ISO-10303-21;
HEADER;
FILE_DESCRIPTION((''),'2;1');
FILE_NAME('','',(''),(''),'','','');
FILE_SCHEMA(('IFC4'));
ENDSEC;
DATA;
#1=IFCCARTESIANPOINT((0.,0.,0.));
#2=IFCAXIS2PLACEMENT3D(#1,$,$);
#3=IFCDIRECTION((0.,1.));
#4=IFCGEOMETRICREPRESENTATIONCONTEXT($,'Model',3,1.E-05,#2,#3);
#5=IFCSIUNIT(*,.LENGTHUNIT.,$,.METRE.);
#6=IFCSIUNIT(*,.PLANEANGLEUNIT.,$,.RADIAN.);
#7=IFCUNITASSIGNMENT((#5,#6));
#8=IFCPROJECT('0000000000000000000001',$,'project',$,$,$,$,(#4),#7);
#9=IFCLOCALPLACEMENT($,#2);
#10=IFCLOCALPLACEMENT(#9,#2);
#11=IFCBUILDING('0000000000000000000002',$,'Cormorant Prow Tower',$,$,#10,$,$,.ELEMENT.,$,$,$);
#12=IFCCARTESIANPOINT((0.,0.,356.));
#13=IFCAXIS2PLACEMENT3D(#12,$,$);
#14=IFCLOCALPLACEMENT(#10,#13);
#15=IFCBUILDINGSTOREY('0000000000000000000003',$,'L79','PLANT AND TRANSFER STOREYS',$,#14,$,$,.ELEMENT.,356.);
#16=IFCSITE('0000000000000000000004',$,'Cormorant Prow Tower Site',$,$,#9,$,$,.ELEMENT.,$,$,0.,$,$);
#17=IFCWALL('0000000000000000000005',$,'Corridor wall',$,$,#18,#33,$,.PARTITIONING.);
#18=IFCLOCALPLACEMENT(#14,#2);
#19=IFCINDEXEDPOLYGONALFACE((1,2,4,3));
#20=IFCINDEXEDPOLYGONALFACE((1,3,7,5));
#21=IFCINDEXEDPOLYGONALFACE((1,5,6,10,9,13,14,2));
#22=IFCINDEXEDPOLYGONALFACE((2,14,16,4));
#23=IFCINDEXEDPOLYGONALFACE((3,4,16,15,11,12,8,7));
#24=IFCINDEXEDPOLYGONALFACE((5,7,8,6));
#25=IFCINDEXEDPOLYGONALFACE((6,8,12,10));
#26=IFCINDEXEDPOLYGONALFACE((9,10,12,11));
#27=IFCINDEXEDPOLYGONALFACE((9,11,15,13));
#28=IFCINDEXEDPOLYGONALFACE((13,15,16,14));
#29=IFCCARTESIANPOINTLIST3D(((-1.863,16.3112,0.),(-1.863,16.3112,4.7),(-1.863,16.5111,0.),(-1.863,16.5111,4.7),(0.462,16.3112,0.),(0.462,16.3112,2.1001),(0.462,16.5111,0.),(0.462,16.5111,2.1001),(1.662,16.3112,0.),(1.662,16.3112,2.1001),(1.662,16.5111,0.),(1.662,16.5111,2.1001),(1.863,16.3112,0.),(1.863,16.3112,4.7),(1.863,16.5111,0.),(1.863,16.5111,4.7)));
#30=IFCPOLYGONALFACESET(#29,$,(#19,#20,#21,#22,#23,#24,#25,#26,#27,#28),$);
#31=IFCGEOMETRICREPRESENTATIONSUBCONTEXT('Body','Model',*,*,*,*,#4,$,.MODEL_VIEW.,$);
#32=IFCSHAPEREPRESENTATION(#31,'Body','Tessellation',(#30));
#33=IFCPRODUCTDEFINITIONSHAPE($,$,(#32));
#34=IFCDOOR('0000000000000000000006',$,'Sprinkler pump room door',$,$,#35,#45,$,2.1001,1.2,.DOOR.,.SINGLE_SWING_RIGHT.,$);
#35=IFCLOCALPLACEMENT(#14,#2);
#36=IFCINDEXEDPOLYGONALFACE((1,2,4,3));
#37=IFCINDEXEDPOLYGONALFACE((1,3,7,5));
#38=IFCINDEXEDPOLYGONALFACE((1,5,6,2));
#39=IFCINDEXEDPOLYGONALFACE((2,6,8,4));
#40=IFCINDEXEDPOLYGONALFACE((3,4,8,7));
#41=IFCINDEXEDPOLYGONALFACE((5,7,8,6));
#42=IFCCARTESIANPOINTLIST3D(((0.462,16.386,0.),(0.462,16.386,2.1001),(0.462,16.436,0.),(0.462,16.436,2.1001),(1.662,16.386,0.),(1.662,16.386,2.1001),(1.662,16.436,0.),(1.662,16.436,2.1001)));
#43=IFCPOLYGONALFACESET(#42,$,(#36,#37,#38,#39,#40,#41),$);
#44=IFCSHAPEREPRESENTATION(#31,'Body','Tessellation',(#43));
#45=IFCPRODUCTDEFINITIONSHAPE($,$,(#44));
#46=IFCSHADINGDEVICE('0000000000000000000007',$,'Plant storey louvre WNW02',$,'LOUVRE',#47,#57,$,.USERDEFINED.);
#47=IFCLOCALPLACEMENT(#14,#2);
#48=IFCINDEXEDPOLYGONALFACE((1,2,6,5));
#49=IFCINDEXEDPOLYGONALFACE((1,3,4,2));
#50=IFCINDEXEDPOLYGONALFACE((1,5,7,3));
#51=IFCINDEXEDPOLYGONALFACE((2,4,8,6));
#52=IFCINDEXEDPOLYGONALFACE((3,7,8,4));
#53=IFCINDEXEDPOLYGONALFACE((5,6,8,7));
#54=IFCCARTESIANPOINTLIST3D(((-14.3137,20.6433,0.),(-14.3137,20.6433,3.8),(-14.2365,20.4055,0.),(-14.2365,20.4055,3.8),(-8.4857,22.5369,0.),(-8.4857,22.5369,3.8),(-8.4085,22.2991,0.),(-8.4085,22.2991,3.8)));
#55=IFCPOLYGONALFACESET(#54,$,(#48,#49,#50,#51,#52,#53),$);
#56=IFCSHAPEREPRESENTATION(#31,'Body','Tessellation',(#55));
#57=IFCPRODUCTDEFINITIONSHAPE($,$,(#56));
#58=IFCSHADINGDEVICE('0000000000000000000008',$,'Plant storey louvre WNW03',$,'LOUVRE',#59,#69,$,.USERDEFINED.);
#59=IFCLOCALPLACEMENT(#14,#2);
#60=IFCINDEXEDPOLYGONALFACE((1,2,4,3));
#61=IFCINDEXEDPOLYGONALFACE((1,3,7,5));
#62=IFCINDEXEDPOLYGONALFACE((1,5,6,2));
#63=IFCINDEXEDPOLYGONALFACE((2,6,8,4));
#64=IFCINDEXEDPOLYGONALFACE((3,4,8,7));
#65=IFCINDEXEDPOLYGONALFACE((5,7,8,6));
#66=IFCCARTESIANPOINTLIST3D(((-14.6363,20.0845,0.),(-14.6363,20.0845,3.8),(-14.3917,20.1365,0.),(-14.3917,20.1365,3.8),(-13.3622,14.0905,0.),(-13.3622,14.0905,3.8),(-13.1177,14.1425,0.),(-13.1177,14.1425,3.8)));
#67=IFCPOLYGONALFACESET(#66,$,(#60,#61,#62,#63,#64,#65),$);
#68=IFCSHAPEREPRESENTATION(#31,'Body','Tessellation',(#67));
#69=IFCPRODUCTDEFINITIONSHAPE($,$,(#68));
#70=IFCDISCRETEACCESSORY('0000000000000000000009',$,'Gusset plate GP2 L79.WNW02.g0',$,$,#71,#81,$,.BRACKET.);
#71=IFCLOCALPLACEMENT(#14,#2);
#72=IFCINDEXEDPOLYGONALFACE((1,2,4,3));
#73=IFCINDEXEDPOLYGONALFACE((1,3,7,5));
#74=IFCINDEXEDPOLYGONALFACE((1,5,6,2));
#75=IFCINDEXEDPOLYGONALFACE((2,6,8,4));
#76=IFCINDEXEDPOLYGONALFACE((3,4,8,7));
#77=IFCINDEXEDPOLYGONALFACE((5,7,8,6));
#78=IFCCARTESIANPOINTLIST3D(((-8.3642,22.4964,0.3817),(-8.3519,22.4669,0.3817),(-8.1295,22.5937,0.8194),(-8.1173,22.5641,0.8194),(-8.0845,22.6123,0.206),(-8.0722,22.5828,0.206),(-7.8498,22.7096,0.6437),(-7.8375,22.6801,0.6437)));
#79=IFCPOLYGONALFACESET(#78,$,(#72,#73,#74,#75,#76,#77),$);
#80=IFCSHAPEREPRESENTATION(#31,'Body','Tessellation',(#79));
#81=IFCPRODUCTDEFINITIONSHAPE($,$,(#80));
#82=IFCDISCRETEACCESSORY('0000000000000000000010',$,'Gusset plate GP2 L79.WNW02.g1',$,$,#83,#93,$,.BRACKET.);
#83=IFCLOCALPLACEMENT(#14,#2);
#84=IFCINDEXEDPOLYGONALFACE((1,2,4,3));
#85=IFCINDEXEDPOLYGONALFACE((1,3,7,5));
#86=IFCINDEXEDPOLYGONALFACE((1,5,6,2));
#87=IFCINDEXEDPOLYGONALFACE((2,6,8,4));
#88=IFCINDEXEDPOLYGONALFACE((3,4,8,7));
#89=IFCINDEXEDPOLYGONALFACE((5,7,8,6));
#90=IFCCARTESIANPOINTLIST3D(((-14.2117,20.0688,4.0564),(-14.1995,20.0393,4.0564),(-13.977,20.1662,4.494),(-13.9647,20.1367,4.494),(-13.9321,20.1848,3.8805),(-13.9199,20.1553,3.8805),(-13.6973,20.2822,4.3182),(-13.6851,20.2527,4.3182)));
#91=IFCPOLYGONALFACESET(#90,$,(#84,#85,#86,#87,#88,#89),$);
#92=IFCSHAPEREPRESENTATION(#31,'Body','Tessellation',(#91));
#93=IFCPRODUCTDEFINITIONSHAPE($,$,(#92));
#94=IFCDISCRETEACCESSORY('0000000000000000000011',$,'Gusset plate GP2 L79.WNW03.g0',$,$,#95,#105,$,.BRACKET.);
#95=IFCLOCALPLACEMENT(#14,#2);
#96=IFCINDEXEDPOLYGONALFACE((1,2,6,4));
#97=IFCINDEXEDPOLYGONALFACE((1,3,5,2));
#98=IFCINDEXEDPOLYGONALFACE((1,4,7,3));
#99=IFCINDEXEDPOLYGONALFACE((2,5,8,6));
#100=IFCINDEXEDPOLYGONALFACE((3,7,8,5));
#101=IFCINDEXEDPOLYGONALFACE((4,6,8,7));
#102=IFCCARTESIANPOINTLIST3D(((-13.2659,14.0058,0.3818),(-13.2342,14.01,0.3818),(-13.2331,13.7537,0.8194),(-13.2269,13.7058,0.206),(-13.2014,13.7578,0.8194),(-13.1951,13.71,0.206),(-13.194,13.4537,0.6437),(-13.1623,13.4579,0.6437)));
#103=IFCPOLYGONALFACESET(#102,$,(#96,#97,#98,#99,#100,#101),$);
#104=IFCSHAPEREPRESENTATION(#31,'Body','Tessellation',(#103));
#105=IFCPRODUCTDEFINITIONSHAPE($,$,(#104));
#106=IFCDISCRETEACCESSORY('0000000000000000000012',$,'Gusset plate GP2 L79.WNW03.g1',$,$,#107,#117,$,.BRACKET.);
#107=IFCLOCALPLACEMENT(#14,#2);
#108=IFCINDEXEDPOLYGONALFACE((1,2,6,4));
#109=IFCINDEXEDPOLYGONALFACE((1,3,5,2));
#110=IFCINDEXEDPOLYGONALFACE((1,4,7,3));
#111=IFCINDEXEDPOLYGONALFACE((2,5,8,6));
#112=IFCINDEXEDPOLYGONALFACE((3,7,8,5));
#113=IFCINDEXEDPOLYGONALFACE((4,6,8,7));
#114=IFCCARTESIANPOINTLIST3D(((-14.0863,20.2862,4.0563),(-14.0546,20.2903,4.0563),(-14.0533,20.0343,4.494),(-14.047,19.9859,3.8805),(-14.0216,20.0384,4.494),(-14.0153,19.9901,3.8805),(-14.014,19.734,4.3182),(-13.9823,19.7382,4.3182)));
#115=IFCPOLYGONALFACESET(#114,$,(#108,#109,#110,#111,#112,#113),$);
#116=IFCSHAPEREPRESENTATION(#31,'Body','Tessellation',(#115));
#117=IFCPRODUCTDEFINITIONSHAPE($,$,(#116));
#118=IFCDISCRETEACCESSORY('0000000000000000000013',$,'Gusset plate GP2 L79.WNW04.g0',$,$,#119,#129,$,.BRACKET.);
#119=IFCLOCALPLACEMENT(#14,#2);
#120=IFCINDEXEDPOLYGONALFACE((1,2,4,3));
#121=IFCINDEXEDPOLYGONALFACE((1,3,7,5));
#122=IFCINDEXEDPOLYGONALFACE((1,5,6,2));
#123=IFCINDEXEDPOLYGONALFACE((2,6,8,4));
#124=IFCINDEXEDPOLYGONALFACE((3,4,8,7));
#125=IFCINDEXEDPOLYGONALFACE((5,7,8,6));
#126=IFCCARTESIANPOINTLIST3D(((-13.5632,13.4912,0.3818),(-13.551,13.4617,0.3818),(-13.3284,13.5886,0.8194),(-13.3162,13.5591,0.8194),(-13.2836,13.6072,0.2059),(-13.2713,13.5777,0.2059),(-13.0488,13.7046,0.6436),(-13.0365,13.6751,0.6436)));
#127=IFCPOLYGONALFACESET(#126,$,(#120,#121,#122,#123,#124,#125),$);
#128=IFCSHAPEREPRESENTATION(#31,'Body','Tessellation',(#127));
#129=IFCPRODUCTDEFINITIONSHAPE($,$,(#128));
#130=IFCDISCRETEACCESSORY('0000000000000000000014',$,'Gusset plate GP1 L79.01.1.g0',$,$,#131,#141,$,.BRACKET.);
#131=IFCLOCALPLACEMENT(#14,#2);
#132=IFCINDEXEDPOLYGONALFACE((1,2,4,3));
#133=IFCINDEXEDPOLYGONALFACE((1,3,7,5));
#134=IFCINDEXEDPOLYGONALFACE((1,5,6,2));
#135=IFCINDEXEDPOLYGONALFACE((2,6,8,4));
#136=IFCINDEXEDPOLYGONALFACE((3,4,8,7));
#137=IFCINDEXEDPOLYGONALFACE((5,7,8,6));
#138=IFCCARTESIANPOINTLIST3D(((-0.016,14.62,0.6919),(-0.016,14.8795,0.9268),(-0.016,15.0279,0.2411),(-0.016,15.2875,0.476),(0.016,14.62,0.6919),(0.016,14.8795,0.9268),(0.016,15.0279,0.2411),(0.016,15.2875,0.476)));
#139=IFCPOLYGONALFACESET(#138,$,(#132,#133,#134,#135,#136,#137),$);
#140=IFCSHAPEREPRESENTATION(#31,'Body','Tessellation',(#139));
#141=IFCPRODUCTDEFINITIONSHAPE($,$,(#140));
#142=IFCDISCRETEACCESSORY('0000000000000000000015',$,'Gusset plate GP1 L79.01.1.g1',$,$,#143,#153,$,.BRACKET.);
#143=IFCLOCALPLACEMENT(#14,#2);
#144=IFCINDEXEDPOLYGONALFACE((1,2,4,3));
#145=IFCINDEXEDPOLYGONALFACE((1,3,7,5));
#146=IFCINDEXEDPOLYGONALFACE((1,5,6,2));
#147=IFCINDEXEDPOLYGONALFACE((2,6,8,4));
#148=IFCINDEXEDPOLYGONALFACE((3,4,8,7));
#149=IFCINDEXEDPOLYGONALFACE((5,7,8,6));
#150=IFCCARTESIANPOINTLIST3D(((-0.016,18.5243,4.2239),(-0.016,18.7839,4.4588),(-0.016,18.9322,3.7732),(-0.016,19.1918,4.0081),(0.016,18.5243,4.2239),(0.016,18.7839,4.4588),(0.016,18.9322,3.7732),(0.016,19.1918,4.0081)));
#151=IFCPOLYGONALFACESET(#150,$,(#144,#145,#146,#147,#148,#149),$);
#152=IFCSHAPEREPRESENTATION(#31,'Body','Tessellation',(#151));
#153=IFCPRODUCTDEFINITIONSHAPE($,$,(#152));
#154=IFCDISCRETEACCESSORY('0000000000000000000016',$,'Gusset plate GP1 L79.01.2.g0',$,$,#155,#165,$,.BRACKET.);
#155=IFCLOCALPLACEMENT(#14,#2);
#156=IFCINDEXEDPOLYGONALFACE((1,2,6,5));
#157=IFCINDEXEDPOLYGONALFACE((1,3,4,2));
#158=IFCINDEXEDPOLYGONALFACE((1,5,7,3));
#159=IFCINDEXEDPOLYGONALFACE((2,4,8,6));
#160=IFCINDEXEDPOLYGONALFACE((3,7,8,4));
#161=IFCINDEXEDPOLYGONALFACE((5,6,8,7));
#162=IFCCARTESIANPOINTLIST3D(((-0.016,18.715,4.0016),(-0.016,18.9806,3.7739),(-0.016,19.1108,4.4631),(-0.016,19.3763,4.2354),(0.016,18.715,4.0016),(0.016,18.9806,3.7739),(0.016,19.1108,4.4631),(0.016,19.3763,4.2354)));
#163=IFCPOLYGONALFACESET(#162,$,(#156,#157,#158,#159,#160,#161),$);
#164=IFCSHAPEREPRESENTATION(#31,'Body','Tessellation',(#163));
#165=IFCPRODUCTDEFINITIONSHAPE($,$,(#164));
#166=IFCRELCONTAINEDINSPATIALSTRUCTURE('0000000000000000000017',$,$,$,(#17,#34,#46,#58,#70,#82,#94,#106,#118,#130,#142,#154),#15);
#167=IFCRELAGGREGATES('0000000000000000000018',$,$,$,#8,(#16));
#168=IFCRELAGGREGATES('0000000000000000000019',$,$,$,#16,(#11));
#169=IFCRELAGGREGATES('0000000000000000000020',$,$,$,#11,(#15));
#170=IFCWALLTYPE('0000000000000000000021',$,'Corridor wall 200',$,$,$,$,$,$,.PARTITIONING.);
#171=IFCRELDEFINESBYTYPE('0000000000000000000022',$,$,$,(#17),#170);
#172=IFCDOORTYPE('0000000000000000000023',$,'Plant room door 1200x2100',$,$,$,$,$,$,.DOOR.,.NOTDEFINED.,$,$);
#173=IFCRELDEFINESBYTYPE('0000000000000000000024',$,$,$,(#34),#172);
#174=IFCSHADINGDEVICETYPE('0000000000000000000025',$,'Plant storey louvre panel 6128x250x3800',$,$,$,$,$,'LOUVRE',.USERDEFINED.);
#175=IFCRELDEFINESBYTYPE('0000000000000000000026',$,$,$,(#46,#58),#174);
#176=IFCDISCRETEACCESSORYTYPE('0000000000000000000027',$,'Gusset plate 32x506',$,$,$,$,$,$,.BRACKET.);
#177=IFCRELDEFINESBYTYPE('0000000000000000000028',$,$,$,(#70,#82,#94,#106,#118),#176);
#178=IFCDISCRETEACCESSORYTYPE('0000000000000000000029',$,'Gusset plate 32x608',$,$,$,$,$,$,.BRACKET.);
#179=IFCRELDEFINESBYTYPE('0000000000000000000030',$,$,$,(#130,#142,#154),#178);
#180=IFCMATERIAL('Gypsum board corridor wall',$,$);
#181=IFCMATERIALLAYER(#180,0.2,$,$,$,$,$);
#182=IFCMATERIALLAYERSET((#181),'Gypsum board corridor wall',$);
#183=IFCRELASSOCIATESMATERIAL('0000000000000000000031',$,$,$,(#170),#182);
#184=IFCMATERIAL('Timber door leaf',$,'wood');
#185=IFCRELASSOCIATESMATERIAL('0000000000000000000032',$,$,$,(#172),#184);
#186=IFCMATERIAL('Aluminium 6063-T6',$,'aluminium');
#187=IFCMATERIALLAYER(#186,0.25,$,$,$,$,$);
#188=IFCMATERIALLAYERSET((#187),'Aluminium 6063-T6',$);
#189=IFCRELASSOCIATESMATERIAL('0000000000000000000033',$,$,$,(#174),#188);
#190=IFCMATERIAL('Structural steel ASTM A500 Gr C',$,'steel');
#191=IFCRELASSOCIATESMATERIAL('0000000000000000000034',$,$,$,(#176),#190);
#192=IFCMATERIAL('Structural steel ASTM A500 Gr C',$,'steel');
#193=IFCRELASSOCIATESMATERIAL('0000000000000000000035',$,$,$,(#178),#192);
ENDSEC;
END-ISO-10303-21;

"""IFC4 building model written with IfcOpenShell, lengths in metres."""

from ifc_helpers import new_model, si_unit, direction, frame, frame_2d, origin, origin_2d, place, context, subcontext, project, spatial, rectangle, extrude, material, layer, layer_set, material_profile, profile_set, type_object, element, fill, save


model = new_model("IFC4")

# Units and contexts
model_context = context("Model", 3, precision=1e-05, world=origin(), true_north=direction((0.0, 1.0)))
body_context = subcontext(model_context, "Body", "Model", "MODEL_VIEW")
ifc_project = project(units=[si_unit("LENGTHUNIT", "METRE"), si_unit("PLANEANGLEUNIT", "RADIAN")], contexts=[model_context])

# Site, building, storey
site_placement = place(None, origin())
site = spatial("IfcSite", under=ifc_project, at=site_placement, Name="Cormorant Prow Tower Site", CompositionType="ELEMENT", RefElevation=0.0)
building_placement = place(site_placement, origin())
building = spatial("IfcBuilding", under=site, at=building_placement, Name="Cormorant Prow Tower", CompositionType="ELEMENT")
storey_placement = place(building_placement, frame((0.0, 0.0, 356.0)))
storey = spatial("IfcBuildingStorey", under=building, at=storey_placement, Name="L79", Description="PLANT AND TRANSFER STOREYS", CompositionType="ELEMENT", Elevation=356.0)

# Wall, opening, door
ifc_material_1 = material(Name="Gypsum board corridor wall")
ifc_layer_1 = layer(ifc_material_1, 0.2)
ifc_layer_set_1 = layer_set([ifc_layer_1], Name="Gypsum board corridor wall")
wall_type_1 = type_object("IfcWallType", Name="Corridor wall 200", PredefinedType="PARTITIONING", material=ifc_layer_set_1)
wall_1_placement = place(storey_placement, frame((-1.863, 16.4111, 0.0), z_axis=(0.0, 0.0, 1.0), x_axis=(1.0, 0.0, 0.0)))
wall_1 = element("IfcWall", 1, at=wall_1_placement, inside=storey, type_object=wall_type_1, Name="Corridor wall", PredefinedType="PARTITIONING", context=body_context, shape_type="SweptSolid", body=[
    extrude(rectangle(XDim=3.7261, YDim=0.2, at=frame_2d((1.863, 0.0))), origin(), (0.0, 0.0, 1.0), 4.7),
])
opening_placement = place(wall_1_placement, frame((2.325, 0.0, 0.0)))
opening = element("IfcOpeningElement", 2, at=opening_placement, cuts=wall_1, PredefinedType="OPENING", context=body_context, shape_type="SweptSolid", body=[
    extrude(rectangle(XDim=1.2, YDim=2.1001, at=frame_2d((0.6001, 1.05))), frame((0.0, 0.1099, 0.0), z_axis=(0.0, -1.0, 0.0), x_axis=(1.0, 0.0, 0.0)), (0.0, 0.0, 1.0), 0.22),
])
ifc_material_2 = material(Name="Timber door leaf", Category="wood")
door_type = type_object("IfcDoorType", Name="Plant room door 1200x2100", OperationType="NOTDEFINED", PredefinedType="DOOR", material=ifc_material_2)
door_placement = place(opening_placement, origin())
door = element("IfcDoor", 3, at=door_placement, inside=storey, type_object=door_type, Name="Sprinkler pump room door", OperationType="SINGLE_SWING_RIGHT", OverallHeight=2.1001, OverallWidth=1.2, PredefinedType="DOOR", context=body_context, shape_type="SweptSolid", body=[
    extrude(rectangle(XDim=1.2, YDim=2.1001, at=frame_2d((0.6001, 1.05))), frame((0.0, 0.0249, 0.0), z_axis=(0.0, -1.0, 0.0), x_axis=(1.0, 0.0, 0.0)), (0.0, 0.0, 1.0), 0.05),
])
fill(opening, door)

# Shading devices
ifc_material_3 = material(Name="Aluminium 6063-T6", Category="aluminium")
ifc_layer_2 = layer(ifc_material_3, 0.25)
ifc_layer_set_2 = layer_set([ifc_layer_2], Name="Aluminium 6063-T6")
shading_device_type = type_object("IfcShadingDeviceType", Name="Plant storey louvre panel 6128x250x3800", ElementType="LOUVRE", PredefinedType="USERDEFINED", material=ifc_layer_set_2)
for number, where, z_axis, x_axis, name in (
    (4, (-11.3611, 21.4712, 0.0), (0.0, 0.0, 1.0), (-0.951057, -0.309017, 0.0), "Plant storey louvre WNW02"),
    (5, (-13.877, 17.1135, 0.0), (0.0, 0.0, 1.0), (0.207912, -0.978148, 0.0), "Plant storey louvre WNW03"),
):
    element("IfcShadingDevice", number, at=place(storey_placement, frame(where, z_axis=z_axis, x_axis=x_axis)), inside=storey, type_object=shading_device_type, Name=name, ObjectType="LOUVRE", PredefinedType="USERDEFINED", context=body_context, shape_type="SweptSolid", body=[
        extrude(rectangle(XDim=6.1279, YDim=0.25, at=origin_2d()), origin(), (0.0, 0.0, 1.0), 3.8),
    ])

# Discrete accessories
ifc_material_4 = material(Name="Structural steel ASTM A500 Gr C", Category="steel")
ifc_material_profile_1 = material_profile(ifc_material_4, rectangle(XDim=0.032, YDim=0.5061, at=origin_2d()), Name="Gusset plate 32x506")
ifc_profile_set_1 = profile_set([ifc_material_profile_1], Name="Structural steel ASTM A500 Gr C")
discrete_accessory_type_1 = type_object("IfcDiscreteAccessoryType", Name="Gusset plate 32x506", PredefinedType="BRACKET", material=ifc_profile_set_1)
for number, where, z_axis, x_axis, name in (
    (6, (-8.2407, 22.5303, 0.6006), (0.798972, 0.331162, -0.501972), (-0.382898, 0.923791, 0.0), "Gusset plate GP2 L79.WNW02.g0"),
    (7, (-13.8086, 20.2188, 4.0994), (-0.79872, -0.331347, 0.502252), (0.383183, -0.923672, 0.0), "Gusset plate GP2 L79.WNW02.g1"),
):
    element("IfcDiscreteAccessory", number, at=place(storey_placement, frame(where, z_axis=z_axis, x_axis=x_axis)), inside=storey, type_object=discrete_accessory_type_1, Name=name, PredefinedType="BRACKET", context=body_context, shape_type="SweptSolid", body=[
        extrude(rectangle(XDim=0.032, YDim=0.5061, at=origin_2d()), origin(), (0.0, 0.0, 1.0), 0.3501),
    ])
discrete_accessory_1_placement = place(storey_placement, frame((-13.2336, 13.8818, 0.6006), z_axis=(0.111628, -0.857443, -0.502326), x_axis=(0.991632, 0.129098, 0.0)))
element("IfcDiscreteAccessory", 8, at=discrete_accessory_1_placement, inside=storey, type_object=discrete_accessory_type_1, Name="Gusset plate GP2 L79.WNW03.g0", PredefinedType="BRACKET", context=body_context, shape_type="SweptSolid", body=[
    extrude(rectangle(XDim=0.032, YDim=0.5061, at=origin_2d()), origin(), (0.0, 0.0, 1.0), 0.3499),
])
for number, where, z_axis, x_axis, name in (
    (9, (-14.0146, 19.8621, 4.0994), (-0.11225, 0.85756, 0.501986), (-0.991542, -0.129787, 0.0), "Gusset plate GP2 L79.WNW03.g1"),
    (10, (-13.4397, 13.5251, 0.6006), (0.79872, 0.331347, -0.502252), (-0.383183, 0.923672, 0.0), "Gusset plate GP2 L79.WNW04.g0"),
):
    element("IfcDiscreteAccessory", number, at=place(storey_placement, frame(where, z_axis=z_axis, x_axis=x_axis)), inside=storey, type_object=discrete_accessory_type_1, Name=name, PredefinedType="BRACKET", context=body_context, shape_type="SweptSolid", body=[
        extrude(rectangle(XDim=0.032, YDim=0.5061, at=origin_2d()), origin(), (0.0, 0.0, 1.0), 0.3501),
    ])
ifc_material_5 = material(Name="Structural steel ASTM A500 Gr C", Category="steel")
ifc_material_profile_2 = material_profile(ifc_material_5, rectangle(XDim=0.032, YDim=0.6079, at=origin_2d()), Name="Gusset plate 32x608")
ifc_profile_set_2 = profile_set([ifc_material_profile_2], Name="Structural steel ASTM A500 Gr C")
discrete_accessory_type_2 = type_object("IfcDiscreteAccessoryType", Name="Gusset plate 32x608", PredefinedType="BRACKET", material=ifc_profile_set_2)
for number, where, z_axis, x_axis, name in (
    (11, (0.0, 15.0835, 0.7014), (0.0, -0.741453, -0.671005), (1.0, 0.0, 0.0), "Gusset plate GP1 L79.01.1.g0"),
    (12, (0.0, 18.7283, 3.9985), (0.0, 0.741453, 0.671005), (-1.0, 0.0, 0.0), "Gusset plate GP1 L79.01.1.g1"),
):
    element("IfcDiscreteAccessory", number, at=place(storey_placement, frame(where, z_axis=z_axis, x_axis=x_axis)), inside=storey, type_object=discrete_accessory_type_2, Name=name, PredefinedType="BRACKET", context=body_context, shape_type="SweptSolid", body=[
        extrude(rectangle(XDim=0.032, YDim=0.6079, at=origin_2d()), origin(), (0.0, 0.0, 1.0), 0.3501),
    ])
discrete_accessory_2_placement = place(storey_placement, frame((0.0, 19.1785, 4.0046), z_axis=(0.0, -0.759109, 0.650964), x_axis=(1.0, 0.0, 0.0)))
element("IfcDiscreteAccessory", 13, at=discrete_accessory_2_placement, inside=storey, type_object=discrete_accessory_type_2, Name="Gusset plate GP1 L79.01.2.g0", PredefinedType="BRACKET", context=body_context, shape_type="SweptSolid", body=[
    extrude(rectangle(XDim=0.032, YDim=0.6079, at=origin_2d()), origin(), (0.0, 0.0, 1.0), 0.3499),
])

save(model, "model.ifc")
